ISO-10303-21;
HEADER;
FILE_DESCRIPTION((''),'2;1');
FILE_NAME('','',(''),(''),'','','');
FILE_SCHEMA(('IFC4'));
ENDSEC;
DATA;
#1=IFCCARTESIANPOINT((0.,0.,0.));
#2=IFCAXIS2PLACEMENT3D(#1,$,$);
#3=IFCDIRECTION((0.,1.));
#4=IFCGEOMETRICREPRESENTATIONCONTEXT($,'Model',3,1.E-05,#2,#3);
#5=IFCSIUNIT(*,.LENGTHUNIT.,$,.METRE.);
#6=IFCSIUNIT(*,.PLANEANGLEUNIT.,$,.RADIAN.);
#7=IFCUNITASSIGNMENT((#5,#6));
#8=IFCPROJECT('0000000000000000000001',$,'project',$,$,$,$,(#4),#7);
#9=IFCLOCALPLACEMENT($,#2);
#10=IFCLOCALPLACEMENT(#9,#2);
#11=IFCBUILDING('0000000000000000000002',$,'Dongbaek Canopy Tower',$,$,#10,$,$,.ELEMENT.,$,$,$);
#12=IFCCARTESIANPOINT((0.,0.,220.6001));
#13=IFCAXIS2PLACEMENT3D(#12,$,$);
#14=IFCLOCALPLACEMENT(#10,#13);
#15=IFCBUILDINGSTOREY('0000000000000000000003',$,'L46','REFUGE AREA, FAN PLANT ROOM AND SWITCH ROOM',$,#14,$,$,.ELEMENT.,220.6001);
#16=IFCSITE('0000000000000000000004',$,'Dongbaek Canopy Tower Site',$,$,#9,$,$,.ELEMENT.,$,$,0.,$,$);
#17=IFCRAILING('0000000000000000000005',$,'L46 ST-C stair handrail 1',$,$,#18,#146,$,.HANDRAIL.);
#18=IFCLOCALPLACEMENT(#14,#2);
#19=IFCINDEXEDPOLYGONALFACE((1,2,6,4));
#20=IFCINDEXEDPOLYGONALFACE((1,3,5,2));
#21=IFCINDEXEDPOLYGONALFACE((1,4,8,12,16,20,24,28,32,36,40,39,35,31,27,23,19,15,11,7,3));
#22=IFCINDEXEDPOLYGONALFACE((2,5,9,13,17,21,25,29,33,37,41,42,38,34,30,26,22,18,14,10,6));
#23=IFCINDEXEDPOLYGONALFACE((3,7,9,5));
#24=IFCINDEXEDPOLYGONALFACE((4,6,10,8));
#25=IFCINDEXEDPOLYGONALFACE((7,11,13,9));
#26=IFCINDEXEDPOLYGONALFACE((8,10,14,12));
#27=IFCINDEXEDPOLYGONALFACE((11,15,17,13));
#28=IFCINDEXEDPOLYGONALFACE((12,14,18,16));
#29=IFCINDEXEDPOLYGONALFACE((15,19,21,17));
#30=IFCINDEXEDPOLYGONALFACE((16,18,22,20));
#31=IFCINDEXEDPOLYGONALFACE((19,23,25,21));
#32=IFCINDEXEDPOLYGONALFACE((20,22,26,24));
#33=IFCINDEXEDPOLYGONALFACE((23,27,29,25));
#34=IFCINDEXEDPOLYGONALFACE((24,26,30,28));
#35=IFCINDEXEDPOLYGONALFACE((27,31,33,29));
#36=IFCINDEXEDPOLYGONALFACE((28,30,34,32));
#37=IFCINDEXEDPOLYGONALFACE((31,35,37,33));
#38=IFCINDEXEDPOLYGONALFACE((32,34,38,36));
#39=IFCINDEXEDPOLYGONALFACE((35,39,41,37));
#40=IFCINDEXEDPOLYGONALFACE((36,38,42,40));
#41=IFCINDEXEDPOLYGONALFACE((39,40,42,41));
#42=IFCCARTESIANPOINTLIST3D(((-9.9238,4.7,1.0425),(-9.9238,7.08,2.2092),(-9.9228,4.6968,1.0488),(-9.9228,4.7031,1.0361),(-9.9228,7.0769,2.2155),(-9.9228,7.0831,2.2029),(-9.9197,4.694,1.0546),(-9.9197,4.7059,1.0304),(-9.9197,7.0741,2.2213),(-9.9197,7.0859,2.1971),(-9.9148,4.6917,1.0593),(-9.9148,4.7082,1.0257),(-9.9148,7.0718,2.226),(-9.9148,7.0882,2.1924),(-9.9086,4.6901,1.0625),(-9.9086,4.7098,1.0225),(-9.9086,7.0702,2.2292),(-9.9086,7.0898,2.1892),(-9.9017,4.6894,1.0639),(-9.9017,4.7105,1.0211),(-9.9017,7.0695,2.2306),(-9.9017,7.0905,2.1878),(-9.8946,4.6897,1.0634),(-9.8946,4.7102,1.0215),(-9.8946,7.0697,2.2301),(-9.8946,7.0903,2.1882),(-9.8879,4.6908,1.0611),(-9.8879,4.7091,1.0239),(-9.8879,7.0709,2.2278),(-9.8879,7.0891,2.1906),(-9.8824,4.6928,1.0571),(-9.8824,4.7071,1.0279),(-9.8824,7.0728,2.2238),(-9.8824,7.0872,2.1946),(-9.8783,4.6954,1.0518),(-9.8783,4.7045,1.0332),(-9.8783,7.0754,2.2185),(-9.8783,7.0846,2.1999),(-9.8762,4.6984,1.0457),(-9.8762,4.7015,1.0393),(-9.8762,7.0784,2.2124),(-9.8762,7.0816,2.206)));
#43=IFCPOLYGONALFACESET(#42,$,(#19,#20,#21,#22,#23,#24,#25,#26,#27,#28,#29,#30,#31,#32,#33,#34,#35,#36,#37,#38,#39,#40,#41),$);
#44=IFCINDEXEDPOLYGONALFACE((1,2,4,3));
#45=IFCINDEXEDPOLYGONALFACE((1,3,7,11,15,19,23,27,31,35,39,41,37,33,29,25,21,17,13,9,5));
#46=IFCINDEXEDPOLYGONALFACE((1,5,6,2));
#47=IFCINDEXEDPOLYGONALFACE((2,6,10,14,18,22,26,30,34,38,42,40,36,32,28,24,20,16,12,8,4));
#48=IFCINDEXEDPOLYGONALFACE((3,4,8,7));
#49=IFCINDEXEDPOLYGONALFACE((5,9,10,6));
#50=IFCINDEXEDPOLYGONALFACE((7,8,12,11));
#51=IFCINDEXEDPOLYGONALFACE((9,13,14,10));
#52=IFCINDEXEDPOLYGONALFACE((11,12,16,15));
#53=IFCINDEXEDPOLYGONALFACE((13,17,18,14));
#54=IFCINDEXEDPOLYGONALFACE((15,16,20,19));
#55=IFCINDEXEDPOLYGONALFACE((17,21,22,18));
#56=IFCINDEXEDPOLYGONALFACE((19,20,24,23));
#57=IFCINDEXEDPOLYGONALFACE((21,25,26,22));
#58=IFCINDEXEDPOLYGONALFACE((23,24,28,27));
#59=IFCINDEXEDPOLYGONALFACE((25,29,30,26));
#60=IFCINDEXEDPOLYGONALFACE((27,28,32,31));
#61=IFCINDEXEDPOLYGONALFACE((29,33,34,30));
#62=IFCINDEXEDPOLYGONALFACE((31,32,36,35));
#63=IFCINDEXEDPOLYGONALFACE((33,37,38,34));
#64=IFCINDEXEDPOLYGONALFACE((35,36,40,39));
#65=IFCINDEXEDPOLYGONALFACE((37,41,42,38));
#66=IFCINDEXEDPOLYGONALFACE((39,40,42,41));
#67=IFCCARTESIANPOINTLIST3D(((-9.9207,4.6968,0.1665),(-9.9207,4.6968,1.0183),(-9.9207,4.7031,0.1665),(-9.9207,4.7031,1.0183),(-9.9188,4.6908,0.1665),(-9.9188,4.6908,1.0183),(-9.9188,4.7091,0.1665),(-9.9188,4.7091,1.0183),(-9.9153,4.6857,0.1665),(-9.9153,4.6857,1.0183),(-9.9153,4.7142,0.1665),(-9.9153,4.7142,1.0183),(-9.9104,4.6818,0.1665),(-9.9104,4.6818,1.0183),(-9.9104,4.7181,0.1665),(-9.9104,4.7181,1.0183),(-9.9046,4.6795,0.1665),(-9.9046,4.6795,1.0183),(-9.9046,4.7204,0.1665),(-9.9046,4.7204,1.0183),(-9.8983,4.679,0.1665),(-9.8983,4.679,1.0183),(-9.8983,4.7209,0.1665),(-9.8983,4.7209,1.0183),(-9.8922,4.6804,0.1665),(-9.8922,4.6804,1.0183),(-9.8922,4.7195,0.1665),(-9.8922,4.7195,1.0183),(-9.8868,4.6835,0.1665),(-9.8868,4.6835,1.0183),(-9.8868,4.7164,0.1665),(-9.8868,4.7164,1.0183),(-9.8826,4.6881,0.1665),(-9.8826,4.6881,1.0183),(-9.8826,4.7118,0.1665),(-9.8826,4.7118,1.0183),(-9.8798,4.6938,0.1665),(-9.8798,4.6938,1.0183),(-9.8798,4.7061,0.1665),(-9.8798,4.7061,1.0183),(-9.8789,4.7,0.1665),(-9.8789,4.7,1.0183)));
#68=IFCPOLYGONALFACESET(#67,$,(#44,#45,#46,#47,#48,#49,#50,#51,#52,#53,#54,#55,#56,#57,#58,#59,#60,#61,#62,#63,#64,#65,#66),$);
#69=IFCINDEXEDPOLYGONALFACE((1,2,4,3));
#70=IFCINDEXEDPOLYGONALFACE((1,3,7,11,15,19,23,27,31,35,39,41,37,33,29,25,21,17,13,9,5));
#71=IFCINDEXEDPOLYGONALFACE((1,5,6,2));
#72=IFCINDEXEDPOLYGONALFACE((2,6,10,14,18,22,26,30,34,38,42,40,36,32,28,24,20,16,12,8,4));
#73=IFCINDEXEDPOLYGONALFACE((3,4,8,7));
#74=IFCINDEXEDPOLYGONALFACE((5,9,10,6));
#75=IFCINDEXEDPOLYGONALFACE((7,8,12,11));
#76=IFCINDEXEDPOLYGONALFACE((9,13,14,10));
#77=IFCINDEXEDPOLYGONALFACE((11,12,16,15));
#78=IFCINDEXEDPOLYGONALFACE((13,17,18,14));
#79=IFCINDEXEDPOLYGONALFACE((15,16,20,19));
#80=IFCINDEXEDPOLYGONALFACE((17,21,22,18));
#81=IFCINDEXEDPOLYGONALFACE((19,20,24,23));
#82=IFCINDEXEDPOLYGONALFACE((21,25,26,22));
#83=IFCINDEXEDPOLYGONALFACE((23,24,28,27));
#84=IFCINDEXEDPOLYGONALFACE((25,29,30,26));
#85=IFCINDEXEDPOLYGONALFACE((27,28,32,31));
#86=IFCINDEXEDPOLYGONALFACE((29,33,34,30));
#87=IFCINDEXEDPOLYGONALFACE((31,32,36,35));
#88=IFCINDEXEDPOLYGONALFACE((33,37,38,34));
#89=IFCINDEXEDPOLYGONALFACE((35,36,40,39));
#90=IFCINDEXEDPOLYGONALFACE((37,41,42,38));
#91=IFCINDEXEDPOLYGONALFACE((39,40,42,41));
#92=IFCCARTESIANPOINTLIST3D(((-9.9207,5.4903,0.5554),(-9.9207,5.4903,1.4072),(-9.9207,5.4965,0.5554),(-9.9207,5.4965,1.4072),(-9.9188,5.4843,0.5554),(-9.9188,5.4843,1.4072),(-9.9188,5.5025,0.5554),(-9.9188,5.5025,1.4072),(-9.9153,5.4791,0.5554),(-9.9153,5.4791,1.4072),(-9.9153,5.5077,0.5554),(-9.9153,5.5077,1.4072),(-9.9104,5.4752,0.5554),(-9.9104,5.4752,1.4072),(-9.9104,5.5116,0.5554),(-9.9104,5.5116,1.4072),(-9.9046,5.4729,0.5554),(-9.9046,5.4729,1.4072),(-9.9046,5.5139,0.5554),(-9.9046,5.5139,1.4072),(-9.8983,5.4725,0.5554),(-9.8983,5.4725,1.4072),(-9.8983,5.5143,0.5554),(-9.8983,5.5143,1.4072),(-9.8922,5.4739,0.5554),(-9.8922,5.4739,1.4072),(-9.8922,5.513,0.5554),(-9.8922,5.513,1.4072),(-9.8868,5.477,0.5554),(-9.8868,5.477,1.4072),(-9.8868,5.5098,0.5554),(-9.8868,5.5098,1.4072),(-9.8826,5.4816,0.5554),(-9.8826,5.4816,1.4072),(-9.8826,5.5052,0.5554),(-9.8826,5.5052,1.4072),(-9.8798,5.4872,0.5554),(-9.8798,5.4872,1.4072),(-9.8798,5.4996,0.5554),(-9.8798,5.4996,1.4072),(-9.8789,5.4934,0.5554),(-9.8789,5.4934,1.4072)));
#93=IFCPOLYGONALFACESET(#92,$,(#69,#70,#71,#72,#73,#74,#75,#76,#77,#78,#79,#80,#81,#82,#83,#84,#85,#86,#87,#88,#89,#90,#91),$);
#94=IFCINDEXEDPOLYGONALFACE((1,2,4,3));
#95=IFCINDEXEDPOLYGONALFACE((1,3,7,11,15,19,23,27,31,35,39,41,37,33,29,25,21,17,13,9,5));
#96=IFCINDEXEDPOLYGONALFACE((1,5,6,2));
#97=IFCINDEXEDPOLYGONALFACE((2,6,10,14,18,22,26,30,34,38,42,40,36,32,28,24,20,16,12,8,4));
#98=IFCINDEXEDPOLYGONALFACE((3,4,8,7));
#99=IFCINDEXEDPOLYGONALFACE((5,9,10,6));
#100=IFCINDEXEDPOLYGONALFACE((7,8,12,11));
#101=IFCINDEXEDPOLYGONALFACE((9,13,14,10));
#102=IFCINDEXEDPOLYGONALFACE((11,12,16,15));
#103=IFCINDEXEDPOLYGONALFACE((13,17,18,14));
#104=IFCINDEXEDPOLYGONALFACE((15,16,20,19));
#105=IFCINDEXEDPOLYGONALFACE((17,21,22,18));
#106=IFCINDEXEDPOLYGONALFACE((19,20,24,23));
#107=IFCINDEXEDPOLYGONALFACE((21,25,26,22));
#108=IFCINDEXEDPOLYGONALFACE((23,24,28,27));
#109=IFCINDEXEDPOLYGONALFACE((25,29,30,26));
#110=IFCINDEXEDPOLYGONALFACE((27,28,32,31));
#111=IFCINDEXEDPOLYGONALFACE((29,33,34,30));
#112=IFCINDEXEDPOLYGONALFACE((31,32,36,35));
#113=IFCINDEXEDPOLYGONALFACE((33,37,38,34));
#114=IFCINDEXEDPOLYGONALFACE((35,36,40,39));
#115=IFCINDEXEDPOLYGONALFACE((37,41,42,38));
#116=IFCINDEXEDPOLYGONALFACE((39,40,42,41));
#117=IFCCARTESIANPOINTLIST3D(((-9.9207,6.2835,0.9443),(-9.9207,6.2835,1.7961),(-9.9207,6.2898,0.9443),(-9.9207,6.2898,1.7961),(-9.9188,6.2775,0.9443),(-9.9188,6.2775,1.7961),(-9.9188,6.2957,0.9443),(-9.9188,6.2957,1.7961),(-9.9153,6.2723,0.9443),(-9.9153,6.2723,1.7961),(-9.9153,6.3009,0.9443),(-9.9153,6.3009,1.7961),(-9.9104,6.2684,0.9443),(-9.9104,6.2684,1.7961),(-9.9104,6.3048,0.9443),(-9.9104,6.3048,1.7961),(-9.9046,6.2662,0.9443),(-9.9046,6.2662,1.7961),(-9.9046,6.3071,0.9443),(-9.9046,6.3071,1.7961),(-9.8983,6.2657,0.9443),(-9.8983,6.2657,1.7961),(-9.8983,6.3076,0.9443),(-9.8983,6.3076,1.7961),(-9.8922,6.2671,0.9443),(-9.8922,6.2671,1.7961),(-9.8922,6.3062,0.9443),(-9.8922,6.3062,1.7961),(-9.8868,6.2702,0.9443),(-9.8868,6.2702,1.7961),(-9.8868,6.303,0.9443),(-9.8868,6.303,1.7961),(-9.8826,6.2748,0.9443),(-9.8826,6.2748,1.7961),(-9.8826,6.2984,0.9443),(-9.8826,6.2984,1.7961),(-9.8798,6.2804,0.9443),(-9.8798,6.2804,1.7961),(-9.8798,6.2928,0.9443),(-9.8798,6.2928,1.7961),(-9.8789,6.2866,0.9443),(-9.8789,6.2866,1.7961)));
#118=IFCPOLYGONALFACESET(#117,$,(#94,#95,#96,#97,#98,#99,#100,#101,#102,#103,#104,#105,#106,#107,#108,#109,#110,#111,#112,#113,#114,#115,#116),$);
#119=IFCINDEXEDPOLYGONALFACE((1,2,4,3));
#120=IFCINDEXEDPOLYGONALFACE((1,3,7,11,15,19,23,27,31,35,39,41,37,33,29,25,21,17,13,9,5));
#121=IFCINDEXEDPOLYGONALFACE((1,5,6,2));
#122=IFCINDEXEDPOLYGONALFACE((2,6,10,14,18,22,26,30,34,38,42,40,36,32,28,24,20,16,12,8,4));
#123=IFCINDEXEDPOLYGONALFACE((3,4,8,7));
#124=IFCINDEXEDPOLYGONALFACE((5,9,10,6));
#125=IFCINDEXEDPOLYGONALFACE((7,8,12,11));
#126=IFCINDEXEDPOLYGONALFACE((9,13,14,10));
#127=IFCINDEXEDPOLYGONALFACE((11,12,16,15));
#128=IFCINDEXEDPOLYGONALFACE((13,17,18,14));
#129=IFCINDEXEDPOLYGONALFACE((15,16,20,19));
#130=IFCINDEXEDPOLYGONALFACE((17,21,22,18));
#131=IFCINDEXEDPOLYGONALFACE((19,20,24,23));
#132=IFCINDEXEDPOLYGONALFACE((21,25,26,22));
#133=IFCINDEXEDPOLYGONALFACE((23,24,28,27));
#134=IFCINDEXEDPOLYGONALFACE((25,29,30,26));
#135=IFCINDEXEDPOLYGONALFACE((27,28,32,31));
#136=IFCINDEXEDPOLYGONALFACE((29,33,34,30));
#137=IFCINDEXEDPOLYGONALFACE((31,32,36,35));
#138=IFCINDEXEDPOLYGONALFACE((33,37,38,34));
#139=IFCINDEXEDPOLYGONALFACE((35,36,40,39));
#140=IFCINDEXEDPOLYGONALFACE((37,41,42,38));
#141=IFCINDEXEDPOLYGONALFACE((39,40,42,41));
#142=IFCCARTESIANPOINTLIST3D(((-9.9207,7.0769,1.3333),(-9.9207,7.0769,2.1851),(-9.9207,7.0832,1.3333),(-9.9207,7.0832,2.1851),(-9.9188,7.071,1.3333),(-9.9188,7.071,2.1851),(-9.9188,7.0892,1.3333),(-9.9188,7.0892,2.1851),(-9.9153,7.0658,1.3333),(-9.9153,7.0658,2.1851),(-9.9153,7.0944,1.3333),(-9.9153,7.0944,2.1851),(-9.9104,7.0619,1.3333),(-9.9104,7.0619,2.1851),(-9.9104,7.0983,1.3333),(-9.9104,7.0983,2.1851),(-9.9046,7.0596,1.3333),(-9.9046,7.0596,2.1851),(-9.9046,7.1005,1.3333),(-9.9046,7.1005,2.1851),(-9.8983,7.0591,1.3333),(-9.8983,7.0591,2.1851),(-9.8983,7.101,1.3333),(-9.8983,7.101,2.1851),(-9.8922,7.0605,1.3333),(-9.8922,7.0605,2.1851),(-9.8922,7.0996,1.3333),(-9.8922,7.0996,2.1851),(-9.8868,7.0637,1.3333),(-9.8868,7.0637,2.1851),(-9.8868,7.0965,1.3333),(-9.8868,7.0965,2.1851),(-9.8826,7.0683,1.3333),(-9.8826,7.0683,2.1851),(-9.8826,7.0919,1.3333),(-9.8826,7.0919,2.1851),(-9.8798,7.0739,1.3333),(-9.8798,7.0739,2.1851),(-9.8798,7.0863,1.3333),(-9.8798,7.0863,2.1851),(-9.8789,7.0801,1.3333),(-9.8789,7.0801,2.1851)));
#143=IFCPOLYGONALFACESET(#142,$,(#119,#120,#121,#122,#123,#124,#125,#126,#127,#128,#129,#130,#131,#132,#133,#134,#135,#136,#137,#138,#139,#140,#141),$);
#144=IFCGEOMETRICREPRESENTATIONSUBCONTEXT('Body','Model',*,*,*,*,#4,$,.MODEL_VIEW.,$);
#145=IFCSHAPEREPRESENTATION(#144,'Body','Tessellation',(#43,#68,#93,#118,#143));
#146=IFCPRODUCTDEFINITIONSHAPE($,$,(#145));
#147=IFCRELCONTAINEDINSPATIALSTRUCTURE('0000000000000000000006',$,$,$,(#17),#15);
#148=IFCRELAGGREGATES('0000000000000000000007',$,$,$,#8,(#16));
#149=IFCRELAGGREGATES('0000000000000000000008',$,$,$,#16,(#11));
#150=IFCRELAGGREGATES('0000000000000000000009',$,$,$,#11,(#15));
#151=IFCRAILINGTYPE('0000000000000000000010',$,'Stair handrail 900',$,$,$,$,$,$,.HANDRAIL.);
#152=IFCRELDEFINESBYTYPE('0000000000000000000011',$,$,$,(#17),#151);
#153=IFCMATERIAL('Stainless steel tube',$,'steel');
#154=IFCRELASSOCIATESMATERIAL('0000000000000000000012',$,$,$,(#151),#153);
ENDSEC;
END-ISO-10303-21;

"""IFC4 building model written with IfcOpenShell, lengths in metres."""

from ifc_helpers import new_model, si_unit, direction, frame, origin, origin_2d, place, context, subcontext, project, spatial, circle, extrude, material, type_object, element, save


model = new_model("IFC4")

# Units and contexts
model_context = context("Model", 3, precision=1e-05, world=origin(), true_north=direction((0.0, 1.0)))
body_context = subcontext(model_context, "Body", "Model", "MODEL_VIEW")
ifc_project = project(units=[si_unit("LENGTHUNIT", "METRE"), si_unit("PLANEANGLEUNIT", "RADIAN")], contexts=[model_context])

# Site, building, storey
site_placement = place(None, origin())
site = spatial("IfcSite", under=ifc_project, at=site_placement, Name="Dongbaek Canopy Tower Site", CompositionType="ELEMENT", RefElevation=0.0)
building_placement = place(site_placement, origin())
building = spatial("IfcBuilding", under=site, at=building_placement, Name="Dongbaek Canopy Tower", CompositionType="ELEMENT")
storey_placement = place(building_placement, frame((0.0, 0.0, 220.6001)))
storey = spatial("IfcBuildingStorey", under=building, at=storey_placement, Name="L46", Description="REFUGE AREA, FAN PLANT ROOM AND SWITCH ROOM", CompositionType="ELEMENT", Elevation=220.6001)

# Railing
ifc_material_1 = material(Name="Stainless steel tube", Category="steel")
railing_type_1 = type_object("IfcRailingType", Name="Stair handrail 900", PredefinedType="HANDRAIL", material=ifc_material_1)
for number, where, name in (
    (1, (-9.8999, 4.7, 0.1665), "L46 ST-C stair handrail 1"),
):
    element("IfcRailing", number, at=place(storey_placement, frame(where)), inside=storey, type_object=railing_type_1, Name=name, PredefinedType="HANDRAIL", context=body_context, shape_type="SweptSolid", body=[
        extrude(circle(Radius=0.0239, at=origin_2d()), frame((0.0, 0.0, 0.876), z_axis=(0.0, 0.897918, 0.440163), x_axis=(-1.0, 0.0, 0.0)), (0.0, 0.0, 1.0), 2.6506),
        extrude(circle(Radius=0.021, at=origin_2d()), origin(), (0.0, 0.0, 1.0), 0.8518),
        extrude(circle(Radius=0.021, at=origin_2d()), frame((0.0, 0.7935, 0.3889)), (0.0, 0.0, 1.0), 0.8518),
        extrude(circle(Radius=0.021, at=origin_2d()), frame((0.0, 1.5867, 0.7778)), (0.0, 0.0, 1.0), 0.8518),
        extrude(circle(Radius=0.021, at=origin_2d()), frame((0.0, 2.3801, 1.1667)), (0.0, 0.0, 1.0), 0.8518),
    ])

save(model, "model.ifc")
